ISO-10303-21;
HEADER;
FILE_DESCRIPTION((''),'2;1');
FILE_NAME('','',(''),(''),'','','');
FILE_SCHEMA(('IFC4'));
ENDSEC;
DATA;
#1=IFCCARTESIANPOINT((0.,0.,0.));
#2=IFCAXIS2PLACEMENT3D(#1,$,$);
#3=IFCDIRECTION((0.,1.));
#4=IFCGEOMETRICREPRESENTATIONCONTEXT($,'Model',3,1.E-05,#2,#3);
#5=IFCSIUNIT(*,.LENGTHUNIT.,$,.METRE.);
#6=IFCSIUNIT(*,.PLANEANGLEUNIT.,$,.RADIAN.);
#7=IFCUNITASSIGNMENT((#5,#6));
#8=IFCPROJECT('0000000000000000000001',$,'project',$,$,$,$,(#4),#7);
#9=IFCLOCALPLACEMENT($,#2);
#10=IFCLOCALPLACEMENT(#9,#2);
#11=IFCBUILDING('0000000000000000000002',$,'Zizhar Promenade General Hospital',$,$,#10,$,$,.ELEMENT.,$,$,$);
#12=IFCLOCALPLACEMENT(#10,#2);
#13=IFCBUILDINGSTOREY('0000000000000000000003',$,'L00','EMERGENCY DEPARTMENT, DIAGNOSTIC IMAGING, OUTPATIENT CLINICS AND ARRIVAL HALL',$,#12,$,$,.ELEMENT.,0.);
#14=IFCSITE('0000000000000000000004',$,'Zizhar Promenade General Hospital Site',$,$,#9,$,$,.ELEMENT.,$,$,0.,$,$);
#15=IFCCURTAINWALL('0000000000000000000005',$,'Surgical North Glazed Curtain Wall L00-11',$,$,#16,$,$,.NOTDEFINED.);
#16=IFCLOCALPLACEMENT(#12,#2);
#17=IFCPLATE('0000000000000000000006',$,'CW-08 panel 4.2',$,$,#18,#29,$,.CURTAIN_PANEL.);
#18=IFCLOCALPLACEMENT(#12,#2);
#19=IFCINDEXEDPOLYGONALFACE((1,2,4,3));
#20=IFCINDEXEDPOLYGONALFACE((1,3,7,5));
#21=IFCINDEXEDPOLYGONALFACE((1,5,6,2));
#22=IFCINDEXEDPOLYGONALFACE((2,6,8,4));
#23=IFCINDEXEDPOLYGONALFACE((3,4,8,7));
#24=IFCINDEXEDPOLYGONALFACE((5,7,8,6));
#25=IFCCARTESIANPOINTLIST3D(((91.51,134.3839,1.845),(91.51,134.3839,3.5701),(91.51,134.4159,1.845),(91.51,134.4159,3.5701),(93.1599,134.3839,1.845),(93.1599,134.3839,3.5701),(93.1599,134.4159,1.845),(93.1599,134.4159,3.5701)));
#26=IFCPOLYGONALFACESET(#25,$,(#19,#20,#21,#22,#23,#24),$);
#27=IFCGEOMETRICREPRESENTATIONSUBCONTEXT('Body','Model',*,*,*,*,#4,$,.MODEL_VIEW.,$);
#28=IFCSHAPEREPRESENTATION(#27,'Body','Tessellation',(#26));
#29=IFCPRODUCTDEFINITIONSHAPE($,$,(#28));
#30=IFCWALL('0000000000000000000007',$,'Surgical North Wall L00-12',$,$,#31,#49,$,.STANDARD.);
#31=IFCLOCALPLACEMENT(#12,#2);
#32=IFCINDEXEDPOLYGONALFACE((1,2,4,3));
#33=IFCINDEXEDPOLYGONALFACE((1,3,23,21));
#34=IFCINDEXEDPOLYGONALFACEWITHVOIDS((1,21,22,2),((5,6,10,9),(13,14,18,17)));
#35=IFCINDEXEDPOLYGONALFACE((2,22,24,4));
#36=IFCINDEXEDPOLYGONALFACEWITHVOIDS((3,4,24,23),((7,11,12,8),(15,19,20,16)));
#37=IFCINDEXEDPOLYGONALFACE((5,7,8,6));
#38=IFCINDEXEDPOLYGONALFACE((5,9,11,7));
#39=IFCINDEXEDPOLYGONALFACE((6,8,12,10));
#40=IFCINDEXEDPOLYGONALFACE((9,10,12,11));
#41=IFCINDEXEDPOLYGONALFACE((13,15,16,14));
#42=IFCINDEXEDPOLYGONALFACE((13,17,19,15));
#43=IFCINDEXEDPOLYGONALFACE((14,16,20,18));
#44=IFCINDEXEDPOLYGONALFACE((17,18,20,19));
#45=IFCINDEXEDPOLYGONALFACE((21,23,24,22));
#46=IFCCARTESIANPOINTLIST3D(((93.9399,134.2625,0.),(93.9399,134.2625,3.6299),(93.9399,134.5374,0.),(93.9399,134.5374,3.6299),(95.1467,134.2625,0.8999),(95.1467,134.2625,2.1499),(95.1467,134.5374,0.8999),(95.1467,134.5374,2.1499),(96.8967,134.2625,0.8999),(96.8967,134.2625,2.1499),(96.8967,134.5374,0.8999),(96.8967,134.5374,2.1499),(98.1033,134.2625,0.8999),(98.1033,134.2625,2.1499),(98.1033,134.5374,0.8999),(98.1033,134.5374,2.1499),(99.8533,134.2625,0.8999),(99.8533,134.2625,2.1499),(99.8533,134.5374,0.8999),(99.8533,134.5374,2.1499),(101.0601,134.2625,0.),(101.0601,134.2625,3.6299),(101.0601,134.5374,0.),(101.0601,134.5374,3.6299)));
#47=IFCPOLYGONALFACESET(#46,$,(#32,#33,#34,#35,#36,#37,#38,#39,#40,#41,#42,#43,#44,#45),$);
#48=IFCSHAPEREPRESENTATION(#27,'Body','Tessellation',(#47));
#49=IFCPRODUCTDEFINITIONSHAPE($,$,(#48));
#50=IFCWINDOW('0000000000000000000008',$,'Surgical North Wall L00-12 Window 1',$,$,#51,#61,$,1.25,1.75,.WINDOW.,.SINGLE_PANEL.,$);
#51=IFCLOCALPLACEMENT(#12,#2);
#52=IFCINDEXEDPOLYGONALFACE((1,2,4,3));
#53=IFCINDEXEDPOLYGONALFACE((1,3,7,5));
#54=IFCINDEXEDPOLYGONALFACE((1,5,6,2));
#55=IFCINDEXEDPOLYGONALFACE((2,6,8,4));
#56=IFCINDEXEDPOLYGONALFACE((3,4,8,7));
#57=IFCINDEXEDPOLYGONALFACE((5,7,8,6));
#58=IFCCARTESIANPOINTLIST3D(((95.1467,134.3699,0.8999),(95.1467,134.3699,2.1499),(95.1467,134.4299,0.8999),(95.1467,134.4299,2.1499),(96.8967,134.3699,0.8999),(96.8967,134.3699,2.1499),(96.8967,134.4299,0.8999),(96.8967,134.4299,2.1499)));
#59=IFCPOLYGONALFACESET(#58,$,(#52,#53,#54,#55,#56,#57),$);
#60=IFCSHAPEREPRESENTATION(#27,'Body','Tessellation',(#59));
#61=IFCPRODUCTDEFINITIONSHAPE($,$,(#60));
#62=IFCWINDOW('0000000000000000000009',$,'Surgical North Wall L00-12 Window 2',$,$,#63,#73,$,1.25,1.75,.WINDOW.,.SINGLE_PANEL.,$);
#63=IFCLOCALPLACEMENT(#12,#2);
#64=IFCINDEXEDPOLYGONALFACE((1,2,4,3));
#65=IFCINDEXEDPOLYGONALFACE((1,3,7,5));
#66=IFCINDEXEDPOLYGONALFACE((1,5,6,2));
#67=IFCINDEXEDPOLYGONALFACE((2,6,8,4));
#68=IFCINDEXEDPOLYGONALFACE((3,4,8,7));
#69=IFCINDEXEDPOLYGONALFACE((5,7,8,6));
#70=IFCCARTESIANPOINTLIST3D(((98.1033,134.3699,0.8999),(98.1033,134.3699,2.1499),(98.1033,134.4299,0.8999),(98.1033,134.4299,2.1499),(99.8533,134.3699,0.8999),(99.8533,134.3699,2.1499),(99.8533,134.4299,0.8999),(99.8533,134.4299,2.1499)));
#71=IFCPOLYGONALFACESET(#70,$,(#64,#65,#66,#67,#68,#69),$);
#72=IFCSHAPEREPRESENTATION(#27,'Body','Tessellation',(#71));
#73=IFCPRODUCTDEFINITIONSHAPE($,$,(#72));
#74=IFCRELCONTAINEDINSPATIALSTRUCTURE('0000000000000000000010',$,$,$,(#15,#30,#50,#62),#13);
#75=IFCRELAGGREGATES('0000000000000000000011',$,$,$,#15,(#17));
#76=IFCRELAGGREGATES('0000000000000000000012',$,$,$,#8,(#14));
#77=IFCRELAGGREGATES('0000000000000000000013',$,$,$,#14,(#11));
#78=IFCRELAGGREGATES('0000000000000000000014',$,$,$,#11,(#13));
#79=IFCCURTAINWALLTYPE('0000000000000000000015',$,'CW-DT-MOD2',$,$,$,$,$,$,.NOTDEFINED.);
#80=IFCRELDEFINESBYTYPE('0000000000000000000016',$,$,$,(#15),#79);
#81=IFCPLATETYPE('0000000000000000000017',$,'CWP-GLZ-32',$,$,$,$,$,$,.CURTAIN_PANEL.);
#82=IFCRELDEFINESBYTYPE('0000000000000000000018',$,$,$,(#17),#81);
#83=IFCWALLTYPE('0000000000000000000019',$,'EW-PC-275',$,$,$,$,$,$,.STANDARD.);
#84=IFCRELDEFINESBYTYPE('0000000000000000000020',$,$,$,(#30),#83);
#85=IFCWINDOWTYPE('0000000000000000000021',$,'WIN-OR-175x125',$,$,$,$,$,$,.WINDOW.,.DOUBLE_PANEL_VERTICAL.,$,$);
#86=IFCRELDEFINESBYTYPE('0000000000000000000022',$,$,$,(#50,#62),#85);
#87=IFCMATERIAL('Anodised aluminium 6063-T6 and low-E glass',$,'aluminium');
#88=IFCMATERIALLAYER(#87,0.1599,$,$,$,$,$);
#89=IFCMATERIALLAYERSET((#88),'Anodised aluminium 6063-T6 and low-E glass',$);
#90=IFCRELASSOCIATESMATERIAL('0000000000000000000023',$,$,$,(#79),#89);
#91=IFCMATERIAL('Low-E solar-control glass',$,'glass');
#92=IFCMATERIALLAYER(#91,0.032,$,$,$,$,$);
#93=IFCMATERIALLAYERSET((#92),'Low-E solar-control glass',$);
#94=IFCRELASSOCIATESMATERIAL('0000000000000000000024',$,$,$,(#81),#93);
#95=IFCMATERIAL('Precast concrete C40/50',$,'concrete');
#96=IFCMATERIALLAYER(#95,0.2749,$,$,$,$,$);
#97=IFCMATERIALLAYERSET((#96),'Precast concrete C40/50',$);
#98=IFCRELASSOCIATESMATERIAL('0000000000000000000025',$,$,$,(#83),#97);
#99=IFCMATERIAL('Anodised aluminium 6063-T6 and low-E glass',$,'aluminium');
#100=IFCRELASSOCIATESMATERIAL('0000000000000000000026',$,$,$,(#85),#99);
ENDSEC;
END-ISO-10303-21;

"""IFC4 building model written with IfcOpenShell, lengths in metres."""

from ifc_helpers import new_model, si_unit, direction, frame, frame_2d, origin, origin_2d, place, context, subcontext, project, spatial, rectangle, extrude, material, layer, layer_set, type_object, element, fill, aggregate, save


model = new_model("IFC4")

# Units and contexts
model_context = context("Model", 3, precision=1e-05, world=origin(), true_north=direction((0.0, 1.0)))
body_context = subcontext(model_context, "Body", "Model", "MODEL_VIEW")
ifc_project = project(units=[si_unit("LENGTHUNIT", "METRE"), si_unit("PLANEANGLEUNIT", "RADIAN")], contexts=[model_context])

# Site, building, storey
site_placement = place(None, origin())
site = spatial("IfcSite", under=ifc_project, at=site_placement, Name="Zizhar Promenade General Hospital Site", CompositionType="ELEMENT", RefElevation=0.0)
building_placement = place(site_placement, origin())
building = spatial("IfcBuilding", under=site, at=building_placement, Name="Zizhar Promenade General Hospital", CompositionType="ELEMENT")
storey_placement = place(building_placement, origin())
storey = spatial("IfcBuildingStorey", under=building, at=storey_placement, Name="L00", Description="EMERGENCY DEPARTMENT, DIAGNOSTIC IMAGING, OUTPATIENT CLINICS AND ARRIVAL HALL", CompositionType="ELEMENT", Elevation=0.0)

# Curtain wall
ifc_material_1 = material(Name="Anodised aluminium 6063-T6 and low-E glass", Category="aluminium")
ifc_layer_1 = layer(ifc_material_1, 0.1599)
ifc_layer_set_1 = layer_set([ifc_layer_1], Name="Anodised aluminium 6063-T6 and low-E glass")
curtain_wall_type = type_object("IfcCurtainWallType", Name="CW-DT-MOD2", PredefinedType="NOTDEFINED", material=ifc_layer_set_1)
curtain_wall_1_placement = place(storey_placement, origin())
curtain_wall_1 = element("IfcCurtainWall", 1, at=curtain_wall_1_placement, inside=storey, type_object=curtain_wall_type, Name="Surgical North Glazed Curtain Wall L00-11", PredefinedType="NOTDEFINED")

# Plate
ifc_material_2 = material(Name="Low-E solar-control glass", Category="glass")
ifc_layer_2 = layer(ifc_material_2, 0.032)
ifc_layer_set_2 = layer_set([ifc_layer_2], Name="Low-E solar-control glass")
plate_type = type_object("IfcPlateType", Name="CWP-GLZ-32", PredefinedType="CURTAIN_PANEL", material=ifc_layer_set_2)
plate_1_placement = place(storey_placement, frame((92.335, 134.3999, 1.845), z_axis=(0.0, 0.0, 1.0), x_axis=(1.0, 0.0, 0.0)))
plate_1 = element("IfcPlate", 2, at=plate_1_placement, type_object=plate_type, Name="CW-08 panel 4.2", PredefinedType="CURTAIN_PANEL", context=body_context, shape_type="SweptSolid", body=[
    extrude(rectangle(XDim=1.6499, YDim=0.032, at=origin_2d()), origin(), (0.0, 0.0, 1.0), 1.7251),
])
aggregate(curtain_wall_1, [plate_1])

# Wall, openings, windows
ifc_material_3 = material(Name="Precast concrete C40/50", Category="concrete")
ifc_layer_3 = layer(ifc_material_3, 0.2749)
ifc_layer_set_3 = layer_set([ifc_layer_3], Name="Precast concrete C40/50")
wall_type = type_object("IfcWallType", Name="EW-PC-275", PredefinedType="STANDARD", material=ifc_layer_set_3)
wall_placement = place(storey_placement, frame((93.9399, 134.3999, 0.0), z_axis=(0.0, 0.0, 1.0), x_axis=(1.0, 0.0, 0.0)))
wall = element("IfcWall", 3, at=wall_placement, inside=storey, type_object=wall_type, Name="Surgical North Wall L00-12", PredefinedType="STANDARD", context=body_context, shape_type="SweptSolid", body=[
    extrude(rectangle(XDim=7.1201, YDim=0.2749, at=frame_2d((3.5601, 0.0))), origin(), (0.0, 0.0, 1.0), 3.6299),
])
opening_1_placement = place(wall_placement, frame((1.2068, 0.0, 0.8999)))
opening_1 = element("IfcOpeningElement", 4, at=opening_1_placement, cuts=wall, PredefinedType="OPENING", context=body_context, shape_type="SweptSolid", body=[
    extrude(rectangle(XDim=1.75, YDim=1.25, at=frame_2d((0.875, 0.625))), frame((0.0, 0.1475, 0.0), z_axis=(0.0, -1.0, 0.0), x_axis=(1.0, 0.0, 0.0)), (0.0, 0.0, 1.0), 0.2949),
])
opening_2_placement = place(wall_placement, frame((4.1633, 0.0, 0.8999)))
opening_2 = element("IfcOpeningElement", 5, at=opening_2_placement, cuts=wall, PredefinedType="OPENING", context=body_context, shape_type="SweptSolid", body=[
    extrude(rectangle(XDim=1.75, YDim=1.25, at=frame_2d((0.875, 0.625))), frame((0.0, 0.1475, 0.0), z_axis=(0.0, -1.0, 0.0), x_axis=(1.0, 0.0, 0.0)), (0.0, 0.0, 1.0), 0.2949),
])
ifc_material_4 = material(Name="Anodised aluminium 6063-T6 and low-E glass", Category="aluminium")
window_type = type_object("IfcWindowType", Name="WIN-OR-175x125", PartitioningType="DOUBLE_PANEL_VERTICAL", PredefinedType="WINDOW", material=ifc_material_4)
window_1_placement = place(opening_1_placement, origin())
window_1 = element("IfcWindow", 6, at=window_1_placement, inside=storey, type_object=window_type, Name="Surgical North Wall L00-12 Window 1", OverallHeight=1.25, OverallWidth=1.75, PartitioningType="SINGLE_PANEL", PredefinedType="WINDOW", context=body_context, shape_type="SweptSolid", body=[
    extrude(rectangle(XDim=1.75, YDim=1.25, at=frame_2d((0.875, 0.625))), frame((0.0, 0.03, 0.0), z_axis=(0.0, -1.0, 0.0), x_axis=(1.0, 0.0, 0.0)), (0.0, 0.0, 1.0), 0.0601),
])
fill(opening_1, window_1)
window_2_placement = place(opening_2_placement, origin())
window_2 = element("IfcWindow", 7, at=window_2_placement, inside=storey, type_object=window_type, Name="Surgical North Wall L00-12 Window 2", OverallHeight=1.25, OverallWidth=1.75, PartitioningType="SINGLE_PANEL", PredefinedType="WINDOW", context=body_context, shape_type="SweptSolid", body=[
    extrude(rectangle(XDim=1.75, YDim=1.25, at=frame_2d((0.875, 0.625))), frame((0.0, 0.03, 0.0), z_axis=(0.0, -1.0, 0.0), x_axis=(1.0, 0.0, 0.0)), (0.0, 0.0, 1.0), 0.0601),
])
fill(opening_2, window_2)

save(model, "model.ifc")
